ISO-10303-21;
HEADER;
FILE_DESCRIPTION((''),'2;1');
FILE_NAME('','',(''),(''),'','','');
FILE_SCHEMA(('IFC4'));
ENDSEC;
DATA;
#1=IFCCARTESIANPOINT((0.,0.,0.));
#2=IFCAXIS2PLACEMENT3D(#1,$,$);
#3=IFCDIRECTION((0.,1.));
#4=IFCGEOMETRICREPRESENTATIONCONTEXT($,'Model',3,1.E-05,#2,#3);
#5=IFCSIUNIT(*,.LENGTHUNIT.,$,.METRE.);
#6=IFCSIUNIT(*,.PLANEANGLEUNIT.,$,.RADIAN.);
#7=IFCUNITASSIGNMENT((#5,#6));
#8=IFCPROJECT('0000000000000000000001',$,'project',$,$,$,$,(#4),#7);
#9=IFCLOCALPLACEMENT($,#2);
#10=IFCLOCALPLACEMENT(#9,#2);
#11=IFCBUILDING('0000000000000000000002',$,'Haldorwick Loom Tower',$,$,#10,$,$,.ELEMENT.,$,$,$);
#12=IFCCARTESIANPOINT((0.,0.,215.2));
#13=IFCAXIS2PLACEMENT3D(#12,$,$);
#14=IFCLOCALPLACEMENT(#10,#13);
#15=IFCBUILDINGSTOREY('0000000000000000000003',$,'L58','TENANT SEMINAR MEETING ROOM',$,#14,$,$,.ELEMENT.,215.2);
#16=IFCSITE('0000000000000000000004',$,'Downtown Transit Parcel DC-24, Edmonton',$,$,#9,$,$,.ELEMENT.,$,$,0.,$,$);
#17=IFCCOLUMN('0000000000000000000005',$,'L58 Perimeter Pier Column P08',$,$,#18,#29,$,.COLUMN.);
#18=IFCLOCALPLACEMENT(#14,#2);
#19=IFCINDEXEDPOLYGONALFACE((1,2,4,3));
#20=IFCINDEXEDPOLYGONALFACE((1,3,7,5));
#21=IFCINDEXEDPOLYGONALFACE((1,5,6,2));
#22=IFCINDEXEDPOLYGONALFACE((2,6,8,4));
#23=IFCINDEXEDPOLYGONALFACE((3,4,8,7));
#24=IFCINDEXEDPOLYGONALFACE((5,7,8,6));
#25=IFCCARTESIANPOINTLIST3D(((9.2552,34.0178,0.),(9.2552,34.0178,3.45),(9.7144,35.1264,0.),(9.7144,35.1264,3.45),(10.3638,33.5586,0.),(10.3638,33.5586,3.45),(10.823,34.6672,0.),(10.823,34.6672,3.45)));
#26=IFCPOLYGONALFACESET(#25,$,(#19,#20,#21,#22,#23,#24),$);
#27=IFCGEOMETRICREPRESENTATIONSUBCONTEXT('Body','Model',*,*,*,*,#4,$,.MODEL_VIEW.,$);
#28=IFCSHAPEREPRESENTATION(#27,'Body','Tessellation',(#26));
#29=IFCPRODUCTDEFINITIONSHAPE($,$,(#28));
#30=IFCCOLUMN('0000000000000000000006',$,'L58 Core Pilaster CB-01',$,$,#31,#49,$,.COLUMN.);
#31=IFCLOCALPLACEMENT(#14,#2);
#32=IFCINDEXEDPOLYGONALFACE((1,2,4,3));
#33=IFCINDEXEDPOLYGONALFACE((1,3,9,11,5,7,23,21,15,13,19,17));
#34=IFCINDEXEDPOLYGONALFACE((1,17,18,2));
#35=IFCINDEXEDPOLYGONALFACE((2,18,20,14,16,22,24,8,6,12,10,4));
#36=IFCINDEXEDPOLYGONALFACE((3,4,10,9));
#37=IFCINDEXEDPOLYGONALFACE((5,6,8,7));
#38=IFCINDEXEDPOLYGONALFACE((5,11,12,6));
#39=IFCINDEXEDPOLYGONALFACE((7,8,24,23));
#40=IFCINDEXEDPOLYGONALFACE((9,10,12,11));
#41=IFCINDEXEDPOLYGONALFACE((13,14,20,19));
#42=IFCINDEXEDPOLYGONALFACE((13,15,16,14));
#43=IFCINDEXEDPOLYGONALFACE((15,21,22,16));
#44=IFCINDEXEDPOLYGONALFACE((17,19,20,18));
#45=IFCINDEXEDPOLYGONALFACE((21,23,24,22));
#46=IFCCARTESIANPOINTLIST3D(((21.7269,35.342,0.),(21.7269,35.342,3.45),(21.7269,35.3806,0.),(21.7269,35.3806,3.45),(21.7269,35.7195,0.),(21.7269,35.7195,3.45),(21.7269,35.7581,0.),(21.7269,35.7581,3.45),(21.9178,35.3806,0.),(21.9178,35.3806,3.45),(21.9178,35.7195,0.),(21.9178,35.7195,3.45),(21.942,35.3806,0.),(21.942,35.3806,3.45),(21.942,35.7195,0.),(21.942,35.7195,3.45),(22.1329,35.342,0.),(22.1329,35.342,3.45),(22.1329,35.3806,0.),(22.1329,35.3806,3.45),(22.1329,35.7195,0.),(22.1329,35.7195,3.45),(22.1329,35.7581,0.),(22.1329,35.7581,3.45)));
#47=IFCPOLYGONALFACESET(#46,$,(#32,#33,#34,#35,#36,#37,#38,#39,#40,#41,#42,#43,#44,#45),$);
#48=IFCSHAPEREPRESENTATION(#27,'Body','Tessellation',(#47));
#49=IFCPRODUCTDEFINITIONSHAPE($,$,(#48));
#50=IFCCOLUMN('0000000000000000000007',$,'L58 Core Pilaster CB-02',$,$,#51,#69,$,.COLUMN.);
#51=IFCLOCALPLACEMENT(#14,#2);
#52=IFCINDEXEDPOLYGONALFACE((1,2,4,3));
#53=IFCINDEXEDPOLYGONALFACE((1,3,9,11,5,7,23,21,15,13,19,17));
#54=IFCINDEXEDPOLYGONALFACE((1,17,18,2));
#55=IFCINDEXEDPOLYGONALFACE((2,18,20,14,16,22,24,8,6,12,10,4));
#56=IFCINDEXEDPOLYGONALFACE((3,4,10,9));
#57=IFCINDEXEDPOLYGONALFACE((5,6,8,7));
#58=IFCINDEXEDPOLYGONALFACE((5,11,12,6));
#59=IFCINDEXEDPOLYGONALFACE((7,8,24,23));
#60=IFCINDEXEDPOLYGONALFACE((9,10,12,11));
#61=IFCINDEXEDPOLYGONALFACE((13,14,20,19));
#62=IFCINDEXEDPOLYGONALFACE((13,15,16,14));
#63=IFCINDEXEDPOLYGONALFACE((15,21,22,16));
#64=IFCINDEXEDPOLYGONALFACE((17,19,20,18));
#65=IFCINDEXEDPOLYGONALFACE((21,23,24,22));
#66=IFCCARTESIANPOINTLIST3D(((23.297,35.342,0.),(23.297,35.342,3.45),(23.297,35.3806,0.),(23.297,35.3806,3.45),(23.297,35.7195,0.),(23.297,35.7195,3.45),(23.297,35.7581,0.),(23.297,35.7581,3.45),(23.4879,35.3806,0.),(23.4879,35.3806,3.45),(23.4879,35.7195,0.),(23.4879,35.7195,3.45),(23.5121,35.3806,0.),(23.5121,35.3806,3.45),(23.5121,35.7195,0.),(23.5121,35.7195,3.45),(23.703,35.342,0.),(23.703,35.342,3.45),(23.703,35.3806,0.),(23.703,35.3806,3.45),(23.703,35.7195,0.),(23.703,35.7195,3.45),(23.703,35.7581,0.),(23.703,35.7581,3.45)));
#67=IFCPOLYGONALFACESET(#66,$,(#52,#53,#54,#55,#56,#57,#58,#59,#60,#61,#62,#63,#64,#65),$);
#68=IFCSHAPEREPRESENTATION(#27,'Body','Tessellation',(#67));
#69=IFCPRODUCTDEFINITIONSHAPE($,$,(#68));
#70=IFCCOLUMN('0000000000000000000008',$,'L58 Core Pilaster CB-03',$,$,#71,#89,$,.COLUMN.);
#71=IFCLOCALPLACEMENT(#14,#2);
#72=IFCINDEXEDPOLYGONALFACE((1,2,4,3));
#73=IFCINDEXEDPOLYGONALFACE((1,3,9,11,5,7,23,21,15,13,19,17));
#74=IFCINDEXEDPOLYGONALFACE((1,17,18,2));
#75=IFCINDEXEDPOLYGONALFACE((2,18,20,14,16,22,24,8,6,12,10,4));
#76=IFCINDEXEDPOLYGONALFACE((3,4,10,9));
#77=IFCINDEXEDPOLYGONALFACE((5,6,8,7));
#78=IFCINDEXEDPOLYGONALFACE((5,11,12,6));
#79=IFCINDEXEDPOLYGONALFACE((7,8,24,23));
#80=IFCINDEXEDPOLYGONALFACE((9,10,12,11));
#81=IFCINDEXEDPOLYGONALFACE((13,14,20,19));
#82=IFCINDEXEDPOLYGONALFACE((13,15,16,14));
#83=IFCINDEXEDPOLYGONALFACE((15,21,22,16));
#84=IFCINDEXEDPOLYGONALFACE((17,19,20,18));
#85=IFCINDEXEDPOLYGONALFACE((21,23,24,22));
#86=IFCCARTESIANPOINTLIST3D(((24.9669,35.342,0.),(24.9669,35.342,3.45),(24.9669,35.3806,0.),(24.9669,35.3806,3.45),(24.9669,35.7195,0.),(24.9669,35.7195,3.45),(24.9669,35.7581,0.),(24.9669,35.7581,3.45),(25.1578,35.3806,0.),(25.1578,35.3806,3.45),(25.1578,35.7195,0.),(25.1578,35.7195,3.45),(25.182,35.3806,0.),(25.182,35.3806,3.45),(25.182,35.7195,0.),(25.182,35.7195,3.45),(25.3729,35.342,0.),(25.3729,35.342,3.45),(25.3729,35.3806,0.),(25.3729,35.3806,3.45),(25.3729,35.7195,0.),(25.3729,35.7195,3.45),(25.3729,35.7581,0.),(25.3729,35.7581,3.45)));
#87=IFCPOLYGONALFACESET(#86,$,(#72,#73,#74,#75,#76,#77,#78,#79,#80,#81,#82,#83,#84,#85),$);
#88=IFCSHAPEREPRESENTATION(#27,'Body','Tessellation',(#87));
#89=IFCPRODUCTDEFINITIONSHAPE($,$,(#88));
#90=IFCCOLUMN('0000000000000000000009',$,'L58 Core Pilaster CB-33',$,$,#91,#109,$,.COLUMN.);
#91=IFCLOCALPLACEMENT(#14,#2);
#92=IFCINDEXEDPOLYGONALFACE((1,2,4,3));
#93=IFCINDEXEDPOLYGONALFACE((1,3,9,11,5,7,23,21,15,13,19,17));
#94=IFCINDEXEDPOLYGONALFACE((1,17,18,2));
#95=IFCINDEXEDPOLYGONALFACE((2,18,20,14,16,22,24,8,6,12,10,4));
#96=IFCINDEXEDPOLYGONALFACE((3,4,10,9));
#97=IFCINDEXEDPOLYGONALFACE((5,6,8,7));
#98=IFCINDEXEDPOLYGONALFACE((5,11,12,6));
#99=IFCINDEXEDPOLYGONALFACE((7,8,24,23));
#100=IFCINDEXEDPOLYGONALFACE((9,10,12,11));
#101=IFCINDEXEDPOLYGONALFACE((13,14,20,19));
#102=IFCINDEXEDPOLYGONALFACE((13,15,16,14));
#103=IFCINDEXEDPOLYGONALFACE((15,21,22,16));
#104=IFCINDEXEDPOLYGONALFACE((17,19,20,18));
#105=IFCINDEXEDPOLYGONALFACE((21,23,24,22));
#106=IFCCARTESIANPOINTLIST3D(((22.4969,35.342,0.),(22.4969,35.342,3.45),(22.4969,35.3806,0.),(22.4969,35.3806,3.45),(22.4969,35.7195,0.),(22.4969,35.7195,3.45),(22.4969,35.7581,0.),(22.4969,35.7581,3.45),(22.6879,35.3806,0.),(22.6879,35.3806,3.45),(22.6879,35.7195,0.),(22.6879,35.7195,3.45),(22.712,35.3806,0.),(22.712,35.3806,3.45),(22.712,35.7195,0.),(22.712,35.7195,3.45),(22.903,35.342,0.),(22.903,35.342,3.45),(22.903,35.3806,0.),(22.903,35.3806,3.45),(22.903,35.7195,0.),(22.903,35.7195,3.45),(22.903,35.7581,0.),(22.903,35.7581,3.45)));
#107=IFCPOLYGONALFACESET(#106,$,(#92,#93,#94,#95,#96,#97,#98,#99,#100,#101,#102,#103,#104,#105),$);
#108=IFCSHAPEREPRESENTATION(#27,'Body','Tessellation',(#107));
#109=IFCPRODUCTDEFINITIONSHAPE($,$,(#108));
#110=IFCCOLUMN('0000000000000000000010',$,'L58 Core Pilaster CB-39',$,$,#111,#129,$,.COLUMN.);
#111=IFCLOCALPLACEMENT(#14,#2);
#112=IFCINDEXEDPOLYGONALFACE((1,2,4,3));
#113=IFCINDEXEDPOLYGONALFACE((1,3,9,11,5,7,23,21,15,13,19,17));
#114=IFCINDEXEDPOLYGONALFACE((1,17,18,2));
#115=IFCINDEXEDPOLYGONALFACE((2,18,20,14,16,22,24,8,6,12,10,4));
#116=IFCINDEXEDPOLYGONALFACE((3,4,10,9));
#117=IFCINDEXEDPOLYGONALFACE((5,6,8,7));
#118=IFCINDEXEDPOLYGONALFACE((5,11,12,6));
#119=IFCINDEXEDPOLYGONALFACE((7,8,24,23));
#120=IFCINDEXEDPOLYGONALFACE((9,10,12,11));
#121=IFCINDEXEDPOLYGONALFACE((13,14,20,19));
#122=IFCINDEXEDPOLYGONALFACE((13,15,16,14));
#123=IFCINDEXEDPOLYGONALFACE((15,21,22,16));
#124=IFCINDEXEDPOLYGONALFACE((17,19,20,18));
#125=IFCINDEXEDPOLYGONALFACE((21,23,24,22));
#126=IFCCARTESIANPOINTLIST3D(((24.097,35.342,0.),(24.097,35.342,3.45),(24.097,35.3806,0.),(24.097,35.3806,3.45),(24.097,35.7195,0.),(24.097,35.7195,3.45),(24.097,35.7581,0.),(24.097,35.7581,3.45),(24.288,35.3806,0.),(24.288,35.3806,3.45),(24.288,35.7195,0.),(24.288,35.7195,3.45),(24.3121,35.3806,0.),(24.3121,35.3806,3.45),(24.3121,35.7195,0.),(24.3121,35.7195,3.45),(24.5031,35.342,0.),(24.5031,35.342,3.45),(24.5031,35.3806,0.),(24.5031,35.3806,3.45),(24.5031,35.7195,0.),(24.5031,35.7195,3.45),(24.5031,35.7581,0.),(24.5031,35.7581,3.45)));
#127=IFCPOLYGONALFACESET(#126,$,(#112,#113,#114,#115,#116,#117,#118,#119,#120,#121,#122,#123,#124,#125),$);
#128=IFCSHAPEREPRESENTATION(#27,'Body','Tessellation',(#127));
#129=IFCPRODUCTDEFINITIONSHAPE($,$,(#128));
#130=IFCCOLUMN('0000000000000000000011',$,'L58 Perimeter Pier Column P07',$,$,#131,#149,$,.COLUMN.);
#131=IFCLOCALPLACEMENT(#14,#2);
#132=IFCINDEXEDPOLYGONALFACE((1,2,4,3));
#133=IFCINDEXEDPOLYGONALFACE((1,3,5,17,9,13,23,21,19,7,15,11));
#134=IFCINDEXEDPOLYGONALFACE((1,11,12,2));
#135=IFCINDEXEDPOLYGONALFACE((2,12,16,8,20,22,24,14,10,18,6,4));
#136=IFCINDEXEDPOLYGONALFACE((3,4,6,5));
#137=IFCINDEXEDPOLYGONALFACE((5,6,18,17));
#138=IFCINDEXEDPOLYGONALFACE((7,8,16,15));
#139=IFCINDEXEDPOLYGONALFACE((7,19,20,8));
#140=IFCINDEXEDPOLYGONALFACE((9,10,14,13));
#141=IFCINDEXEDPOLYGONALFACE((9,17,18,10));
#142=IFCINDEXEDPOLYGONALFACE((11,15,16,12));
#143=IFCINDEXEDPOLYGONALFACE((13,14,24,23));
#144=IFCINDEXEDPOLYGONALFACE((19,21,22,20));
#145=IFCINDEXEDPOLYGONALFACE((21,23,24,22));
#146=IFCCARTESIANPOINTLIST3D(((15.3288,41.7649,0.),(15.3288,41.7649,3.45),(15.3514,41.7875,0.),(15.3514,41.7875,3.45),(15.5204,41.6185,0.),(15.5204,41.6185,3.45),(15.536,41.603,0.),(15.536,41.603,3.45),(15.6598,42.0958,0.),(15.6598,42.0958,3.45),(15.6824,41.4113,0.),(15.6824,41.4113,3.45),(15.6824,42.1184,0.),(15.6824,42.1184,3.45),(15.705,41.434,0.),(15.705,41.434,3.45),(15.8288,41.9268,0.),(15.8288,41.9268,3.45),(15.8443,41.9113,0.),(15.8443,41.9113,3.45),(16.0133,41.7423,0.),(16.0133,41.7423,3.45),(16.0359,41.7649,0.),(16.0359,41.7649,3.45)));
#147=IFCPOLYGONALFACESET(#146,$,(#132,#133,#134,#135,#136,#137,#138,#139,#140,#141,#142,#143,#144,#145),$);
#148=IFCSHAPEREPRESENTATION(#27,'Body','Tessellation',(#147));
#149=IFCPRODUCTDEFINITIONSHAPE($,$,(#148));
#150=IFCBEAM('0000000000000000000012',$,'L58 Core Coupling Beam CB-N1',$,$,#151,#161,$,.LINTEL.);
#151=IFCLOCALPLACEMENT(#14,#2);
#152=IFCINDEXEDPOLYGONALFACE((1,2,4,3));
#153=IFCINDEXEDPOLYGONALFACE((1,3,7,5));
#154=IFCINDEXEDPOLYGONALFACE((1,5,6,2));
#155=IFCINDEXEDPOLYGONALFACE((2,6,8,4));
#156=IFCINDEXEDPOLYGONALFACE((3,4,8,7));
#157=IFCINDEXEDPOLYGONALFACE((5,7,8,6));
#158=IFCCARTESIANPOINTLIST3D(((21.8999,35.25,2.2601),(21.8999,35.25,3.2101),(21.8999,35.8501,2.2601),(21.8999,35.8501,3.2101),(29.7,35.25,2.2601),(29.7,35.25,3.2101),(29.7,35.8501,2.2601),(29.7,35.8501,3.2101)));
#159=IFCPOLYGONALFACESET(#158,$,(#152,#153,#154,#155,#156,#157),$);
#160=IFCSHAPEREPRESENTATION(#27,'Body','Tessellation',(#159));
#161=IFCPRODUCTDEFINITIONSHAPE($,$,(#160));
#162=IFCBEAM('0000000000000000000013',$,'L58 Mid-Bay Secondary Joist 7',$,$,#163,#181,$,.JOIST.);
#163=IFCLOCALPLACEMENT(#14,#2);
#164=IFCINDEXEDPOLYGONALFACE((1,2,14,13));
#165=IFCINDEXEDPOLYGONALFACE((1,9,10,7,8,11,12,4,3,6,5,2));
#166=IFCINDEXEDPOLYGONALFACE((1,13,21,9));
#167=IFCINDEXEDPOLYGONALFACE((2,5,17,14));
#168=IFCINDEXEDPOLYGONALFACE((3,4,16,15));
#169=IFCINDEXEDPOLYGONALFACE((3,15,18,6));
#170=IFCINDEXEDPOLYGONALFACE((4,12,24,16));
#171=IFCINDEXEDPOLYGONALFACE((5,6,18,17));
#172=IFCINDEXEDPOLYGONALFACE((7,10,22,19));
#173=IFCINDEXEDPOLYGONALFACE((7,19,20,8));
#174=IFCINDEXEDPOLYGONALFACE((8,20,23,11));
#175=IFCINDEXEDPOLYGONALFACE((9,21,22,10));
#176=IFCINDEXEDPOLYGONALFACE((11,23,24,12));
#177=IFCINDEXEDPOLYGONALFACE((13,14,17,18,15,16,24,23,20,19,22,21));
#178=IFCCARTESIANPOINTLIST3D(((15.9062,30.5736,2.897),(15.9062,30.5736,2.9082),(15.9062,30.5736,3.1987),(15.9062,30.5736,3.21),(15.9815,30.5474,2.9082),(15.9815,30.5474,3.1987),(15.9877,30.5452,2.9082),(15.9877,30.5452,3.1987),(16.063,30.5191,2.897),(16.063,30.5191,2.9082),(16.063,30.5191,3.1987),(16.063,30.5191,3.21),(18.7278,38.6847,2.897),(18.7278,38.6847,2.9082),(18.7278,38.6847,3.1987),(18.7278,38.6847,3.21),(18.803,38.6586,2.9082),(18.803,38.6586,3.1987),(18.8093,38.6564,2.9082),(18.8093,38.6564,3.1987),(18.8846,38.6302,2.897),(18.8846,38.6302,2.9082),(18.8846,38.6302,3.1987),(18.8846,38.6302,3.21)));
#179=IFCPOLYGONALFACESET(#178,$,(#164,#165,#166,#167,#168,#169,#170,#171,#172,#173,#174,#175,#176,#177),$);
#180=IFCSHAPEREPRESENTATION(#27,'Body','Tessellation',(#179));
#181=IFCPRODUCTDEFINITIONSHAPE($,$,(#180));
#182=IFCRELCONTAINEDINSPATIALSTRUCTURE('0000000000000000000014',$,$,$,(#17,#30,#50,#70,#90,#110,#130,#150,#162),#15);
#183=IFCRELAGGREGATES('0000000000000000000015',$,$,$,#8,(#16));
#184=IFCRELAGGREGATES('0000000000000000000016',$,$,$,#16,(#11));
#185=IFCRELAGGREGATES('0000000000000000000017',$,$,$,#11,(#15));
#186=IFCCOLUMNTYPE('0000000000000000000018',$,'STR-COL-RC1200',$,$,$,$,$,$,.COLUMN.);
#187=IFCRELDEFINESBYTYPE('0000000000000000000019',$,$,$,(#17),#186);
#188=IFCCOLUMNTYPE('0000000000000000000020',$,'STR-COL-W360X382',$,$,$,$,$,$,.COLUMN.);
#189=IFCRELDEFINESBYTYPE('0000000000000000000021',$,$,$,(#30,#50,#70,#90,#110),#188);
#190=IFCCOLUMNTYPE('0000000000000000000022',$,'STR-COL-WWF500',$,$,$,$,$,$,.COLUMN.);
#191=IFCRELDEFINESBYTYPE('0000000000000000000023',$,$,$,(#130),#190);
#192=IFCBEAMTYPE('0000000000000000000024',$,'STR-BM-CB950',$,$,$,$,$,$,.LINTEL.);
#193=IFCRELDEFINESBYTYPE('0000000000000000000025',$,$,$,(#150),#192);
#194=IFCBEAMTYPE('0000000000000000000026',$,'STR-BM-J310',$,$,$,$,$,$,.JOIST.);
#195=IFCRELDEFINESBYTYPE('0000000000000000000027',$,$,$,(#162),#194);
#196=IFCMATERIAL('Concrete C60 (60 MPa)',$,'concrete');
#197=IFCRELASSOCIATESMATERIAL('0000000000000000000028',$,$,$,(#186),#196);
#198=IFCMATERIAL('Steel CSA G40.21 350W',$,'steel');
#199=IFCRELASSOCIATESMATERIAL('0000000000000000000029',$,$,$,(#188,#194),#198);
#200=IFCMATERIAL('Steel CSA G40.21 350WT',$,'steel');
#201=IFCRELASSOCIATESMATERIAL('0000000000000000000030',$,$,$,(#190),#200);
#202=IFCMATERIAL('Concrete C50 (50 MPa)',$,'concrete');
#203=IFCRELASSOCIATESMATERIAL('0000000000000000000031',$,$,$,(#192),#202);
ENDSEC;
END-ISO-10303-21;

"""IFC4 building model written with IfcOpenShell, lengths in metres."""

from ifc_helpers import new_model, si_unit, direction, frame, origin, origin_2d, place, context, subcontext, project, spatial, rectangle, i_section, extrude, material, material_profile, profile_set, type_object, element, save


model = new_model("IFC4")

# Units and contexts
model_context = context("Model", 3, precision=1e-05, world=origin(), true_north=direction((0.0, 1.0)))
body_context = subcontext(model_context, "Body", "Model", "MODEL_VIEW")
ifc_project = project(units=[si_unit("LENGTHUNIT", "METRE"), si_unit("PLANEANGLEUNIT", "RADIAN")], contexts=[model_context])

# Site, building, storey
site_placement = place(None, origin())
site = spatial("IfcSite", under=ifc_project, at=site_placement, Name="Downtown Transit Parcel DC-24, Edmonton", CompositionType="ELEMENT", RefElevation=0.0)
building_placement = place(site_placement, origin())
building = spatial("IfcBuilding", under=site, at=building_placement, Name="Haldorwick Loom Tower", CompositionType="ELEMENT")
storey_placement = place(building_placement, frame((0.0, 0.0, 215.2)))
storey = spatial("IfcBuildingStorey", under=building, at=storey_placement, Name="L58", Description="TENANT SEMINAR MEETING ROOM", CompositionType="ELEMENT", Elevation=215.2)

# Columns
ifc_material_1 = material(Name="Concrete C60 (60 MPa)", Category="concrete")
ifc_material_profile_1 = material_profile(ifc_material_1, rectangle(XDim=1.2, YDim=1.2, at=origin_2d()), Name="RC1200X1200", Category="concrete")
ifc_profile_set_1 = profile_set([ifc_material_profile_1], Name="Concrete C60 (60 MPa)")
column_type_1 = type_object("IfcColumnType", Name="STR-COL-RC1200", PredefinedType="COLUMN", material=ifc_profile_set_1)
column_1_placement = place(storey_placement, frame((10.0391, 34.3425, 0.0), z_axis=(0.0, 0.0, 1.0), x_axis=(-0.92388, 0.382683, 0.0)))
element("IfcColumn", 1, at=column_1_placement, inside=storey, type_object=column_type_1, Name="L58 Perimeter Pier Column P08", PredefinedType="COLUMN", context=body_context, shape_type="SweptSolid", body=[
    extrude(rectangle(XDim=1.2, YDim=1.2, at=origin_2d()), origin(), (0.0, 0.0, 1.0), 3.45),
])
ifc_material_2 = material(Name="Steel CSA G40.21 350W", Category="steel")
ifc_material_profile_2 = material_profile(ifc_material_2, i_section(OverallWidth=0.406, OverallDepth=0.416, WebThickness=0.0242, FlangeThickness=0.0386, at=origin_2d()), Name="W360X382", Category="steel")
ifc_profile_set_2 = profile_set([ifc_material_profile_2], Name="Steel CSA G40.21 350W")
column_type_2 = type_object("IfcColumnType", Name="STR-COL-W360X382", PredefinedType="COLUMN", material=ifc_profile_set_2)
for number, where, z_axis, x_axis, name in (
    (2, (21.9299, 35.55, 0.0), (0.0, 0.0, 1.0), (1.0, 0.0, 0.0), "L58 Core Pilaster CB-01"),
    (3, (23.5, 35.55, 0.0), (0.0, 0.0, 1.0), (1.0, 0.0, 0.0), "L58 Core Pilaster CB-02"),
    (4, (25.1699, 35.55, 0.0), (0.0, 0.0, 1.0), (1.0, 0.0, 0.0), "L58 Core Pilaster CB-03"),
    (5, (22.7, 35.55, 0.0), (0.0, 0.0, 1.0), (1.0, 0.0, 0.0), "L58 Core Pilaster CB-33"),
    (6, (24.3, 35.55, 0.0), (0.0, 0.0, 1.0), (1.0, 0.0, 0.0), "L58 Core Pilaster CB-39"),
):
    element("IfcColumn", number, at=place(storey_placement, frame(where, z_axis=z_axis, x_axis=x_axis)), inside=storey, type_object=column_type_2, Name=name, PredefinedType="COLUMN", context=body_context, shape_type="SweptSolid", body=[
        extrude(i_section(OverallWidth=0.406, OverallDepth=0.416, WebThickness=0.0242, FlangeThickness=0.0386, at=origin_2d()), origin(), (0.0, 0.0, 1.0), 3.45),
    ])
ifc_material_3 = material(Name="Steel CSA G40.21 350WT", Category="steel")
ifc_material_profile_3 = material_profile(ifc_material_3, i_section(OverallWidth=0.5, OverallDepth=0.5, WebThickness=0.022, FlangeThickness=0.032, at=origin_2d()), Name="WWF500X500", Category="steel")
ifc_profile_set_3 = profile_set([ifc_material_profile_3], Name="Steel CSA G40.21 350WT")
column_type_3 = type_object("IfcColumnType", Name="STR-COL-WWF500", PredefinedType="COLUMN", material=ifc_profile_set_3)
column_2_placement = place(storey_placement, frame((15.6824, 41.7649, 0.0), z_axis=(0.0, 0.0, 1.0), x_axis=(-0.707107, 0.707107, 0.0)))
element("IfcColumn", 7, at=column_2_placement, inside=storey, type_object=column_type_3, Name="L58 Perimeter Pier Column P07", PredefinedType="COLUMN", context=body_context, shape_type="SweptSolid", body=[
    extrude(i_section(OverallWidth=0.5, OverallDepth=0.5, WebThickness=0.022, FlangeThickness=0.032, at=origin_2d()), origin(), (0.0, 0.0, 1.0), 3.45),
])

# Beams
ifc_material_4 = material(Name="Concrete C50 (50 MPa)", Category="concrete")
ifc_material_profile_4 = material_profile(ifc_material_4, rectangle(XDim=0.6001, YDim=0.95, at=origin_2d()), Name="RC600X950", Category="concrete")
ifc_profile_set_4 = profile_set([ifc_material_profile_4], Name="Concrete C50 (50 MPa)")
beam_type_1 = type_object("IfcBeamType", Name="STR-BM-CB950", PredefinedType="LINTEL", material=ifc_profile_set_4)
beam_1_placement = place(storey_placement, frame((21.8999, 35.55, 2.7351), z_axis=(1.0, 0.0, 0.0), x_axis=(0.0, 1.0, 0.0)))
element("IfcBeam", 8, at=beam_1_placement, inside=storey, type_object=beam_type_1, Name="L58 Core Coupling Beam CB-N1", PredefinedType="LINTEL", context=body_context, shape_type="SweptSolid", body=[
    extrude(rectangle(XDim=0.6001, YDim=0.95, at=origin_2d()), origin(), (0.0, 0.0, 1.0), 7.8),
])
ifc_material_profile_5 = material_profile(ifc_material_2, i_section(OverallWidth=0.166, OverallDepth=0.313, WebThickness=0.0066, FlangeThickness=0.0112, at=origin_2d()), Name="W310X45", Category="steel")
ifc_profile_set_5 = profile_set([ifc_material_profile_5], Name="Steel CSA G40.21 350W")
beam_type_2 = type_object("IfcBeamType", Name="STR-BM-J310", PredefinedType="JOIST", material=ifc_profile_set_5)
beam_2_placement = place(storey_placement, frame((18.8062, 38.6575, 3.0535), z_axis=(-0.32855, -0.944486, 0.0), x_axis=(0.944486, -0.32855, 0.0)))
element("IfcBeam", 9, at=beam_2_placement, inside=storey, type_object=beam_type_2, Name="L58 Mid-Bay Secondary Joist 7", PredefinedType="JOIST", context=body_context, shape_type="SweptSolid", body=[
    extrude(i_section(OverallWidth=0.166, OverallDepth=0.313, WebThickness=0.0066, FlangeThickness=0.0112, at=origin_2d()), origin(), (0.0, 0.0, 1.0), 8.5879),
])

save(model, "model.ifc")
